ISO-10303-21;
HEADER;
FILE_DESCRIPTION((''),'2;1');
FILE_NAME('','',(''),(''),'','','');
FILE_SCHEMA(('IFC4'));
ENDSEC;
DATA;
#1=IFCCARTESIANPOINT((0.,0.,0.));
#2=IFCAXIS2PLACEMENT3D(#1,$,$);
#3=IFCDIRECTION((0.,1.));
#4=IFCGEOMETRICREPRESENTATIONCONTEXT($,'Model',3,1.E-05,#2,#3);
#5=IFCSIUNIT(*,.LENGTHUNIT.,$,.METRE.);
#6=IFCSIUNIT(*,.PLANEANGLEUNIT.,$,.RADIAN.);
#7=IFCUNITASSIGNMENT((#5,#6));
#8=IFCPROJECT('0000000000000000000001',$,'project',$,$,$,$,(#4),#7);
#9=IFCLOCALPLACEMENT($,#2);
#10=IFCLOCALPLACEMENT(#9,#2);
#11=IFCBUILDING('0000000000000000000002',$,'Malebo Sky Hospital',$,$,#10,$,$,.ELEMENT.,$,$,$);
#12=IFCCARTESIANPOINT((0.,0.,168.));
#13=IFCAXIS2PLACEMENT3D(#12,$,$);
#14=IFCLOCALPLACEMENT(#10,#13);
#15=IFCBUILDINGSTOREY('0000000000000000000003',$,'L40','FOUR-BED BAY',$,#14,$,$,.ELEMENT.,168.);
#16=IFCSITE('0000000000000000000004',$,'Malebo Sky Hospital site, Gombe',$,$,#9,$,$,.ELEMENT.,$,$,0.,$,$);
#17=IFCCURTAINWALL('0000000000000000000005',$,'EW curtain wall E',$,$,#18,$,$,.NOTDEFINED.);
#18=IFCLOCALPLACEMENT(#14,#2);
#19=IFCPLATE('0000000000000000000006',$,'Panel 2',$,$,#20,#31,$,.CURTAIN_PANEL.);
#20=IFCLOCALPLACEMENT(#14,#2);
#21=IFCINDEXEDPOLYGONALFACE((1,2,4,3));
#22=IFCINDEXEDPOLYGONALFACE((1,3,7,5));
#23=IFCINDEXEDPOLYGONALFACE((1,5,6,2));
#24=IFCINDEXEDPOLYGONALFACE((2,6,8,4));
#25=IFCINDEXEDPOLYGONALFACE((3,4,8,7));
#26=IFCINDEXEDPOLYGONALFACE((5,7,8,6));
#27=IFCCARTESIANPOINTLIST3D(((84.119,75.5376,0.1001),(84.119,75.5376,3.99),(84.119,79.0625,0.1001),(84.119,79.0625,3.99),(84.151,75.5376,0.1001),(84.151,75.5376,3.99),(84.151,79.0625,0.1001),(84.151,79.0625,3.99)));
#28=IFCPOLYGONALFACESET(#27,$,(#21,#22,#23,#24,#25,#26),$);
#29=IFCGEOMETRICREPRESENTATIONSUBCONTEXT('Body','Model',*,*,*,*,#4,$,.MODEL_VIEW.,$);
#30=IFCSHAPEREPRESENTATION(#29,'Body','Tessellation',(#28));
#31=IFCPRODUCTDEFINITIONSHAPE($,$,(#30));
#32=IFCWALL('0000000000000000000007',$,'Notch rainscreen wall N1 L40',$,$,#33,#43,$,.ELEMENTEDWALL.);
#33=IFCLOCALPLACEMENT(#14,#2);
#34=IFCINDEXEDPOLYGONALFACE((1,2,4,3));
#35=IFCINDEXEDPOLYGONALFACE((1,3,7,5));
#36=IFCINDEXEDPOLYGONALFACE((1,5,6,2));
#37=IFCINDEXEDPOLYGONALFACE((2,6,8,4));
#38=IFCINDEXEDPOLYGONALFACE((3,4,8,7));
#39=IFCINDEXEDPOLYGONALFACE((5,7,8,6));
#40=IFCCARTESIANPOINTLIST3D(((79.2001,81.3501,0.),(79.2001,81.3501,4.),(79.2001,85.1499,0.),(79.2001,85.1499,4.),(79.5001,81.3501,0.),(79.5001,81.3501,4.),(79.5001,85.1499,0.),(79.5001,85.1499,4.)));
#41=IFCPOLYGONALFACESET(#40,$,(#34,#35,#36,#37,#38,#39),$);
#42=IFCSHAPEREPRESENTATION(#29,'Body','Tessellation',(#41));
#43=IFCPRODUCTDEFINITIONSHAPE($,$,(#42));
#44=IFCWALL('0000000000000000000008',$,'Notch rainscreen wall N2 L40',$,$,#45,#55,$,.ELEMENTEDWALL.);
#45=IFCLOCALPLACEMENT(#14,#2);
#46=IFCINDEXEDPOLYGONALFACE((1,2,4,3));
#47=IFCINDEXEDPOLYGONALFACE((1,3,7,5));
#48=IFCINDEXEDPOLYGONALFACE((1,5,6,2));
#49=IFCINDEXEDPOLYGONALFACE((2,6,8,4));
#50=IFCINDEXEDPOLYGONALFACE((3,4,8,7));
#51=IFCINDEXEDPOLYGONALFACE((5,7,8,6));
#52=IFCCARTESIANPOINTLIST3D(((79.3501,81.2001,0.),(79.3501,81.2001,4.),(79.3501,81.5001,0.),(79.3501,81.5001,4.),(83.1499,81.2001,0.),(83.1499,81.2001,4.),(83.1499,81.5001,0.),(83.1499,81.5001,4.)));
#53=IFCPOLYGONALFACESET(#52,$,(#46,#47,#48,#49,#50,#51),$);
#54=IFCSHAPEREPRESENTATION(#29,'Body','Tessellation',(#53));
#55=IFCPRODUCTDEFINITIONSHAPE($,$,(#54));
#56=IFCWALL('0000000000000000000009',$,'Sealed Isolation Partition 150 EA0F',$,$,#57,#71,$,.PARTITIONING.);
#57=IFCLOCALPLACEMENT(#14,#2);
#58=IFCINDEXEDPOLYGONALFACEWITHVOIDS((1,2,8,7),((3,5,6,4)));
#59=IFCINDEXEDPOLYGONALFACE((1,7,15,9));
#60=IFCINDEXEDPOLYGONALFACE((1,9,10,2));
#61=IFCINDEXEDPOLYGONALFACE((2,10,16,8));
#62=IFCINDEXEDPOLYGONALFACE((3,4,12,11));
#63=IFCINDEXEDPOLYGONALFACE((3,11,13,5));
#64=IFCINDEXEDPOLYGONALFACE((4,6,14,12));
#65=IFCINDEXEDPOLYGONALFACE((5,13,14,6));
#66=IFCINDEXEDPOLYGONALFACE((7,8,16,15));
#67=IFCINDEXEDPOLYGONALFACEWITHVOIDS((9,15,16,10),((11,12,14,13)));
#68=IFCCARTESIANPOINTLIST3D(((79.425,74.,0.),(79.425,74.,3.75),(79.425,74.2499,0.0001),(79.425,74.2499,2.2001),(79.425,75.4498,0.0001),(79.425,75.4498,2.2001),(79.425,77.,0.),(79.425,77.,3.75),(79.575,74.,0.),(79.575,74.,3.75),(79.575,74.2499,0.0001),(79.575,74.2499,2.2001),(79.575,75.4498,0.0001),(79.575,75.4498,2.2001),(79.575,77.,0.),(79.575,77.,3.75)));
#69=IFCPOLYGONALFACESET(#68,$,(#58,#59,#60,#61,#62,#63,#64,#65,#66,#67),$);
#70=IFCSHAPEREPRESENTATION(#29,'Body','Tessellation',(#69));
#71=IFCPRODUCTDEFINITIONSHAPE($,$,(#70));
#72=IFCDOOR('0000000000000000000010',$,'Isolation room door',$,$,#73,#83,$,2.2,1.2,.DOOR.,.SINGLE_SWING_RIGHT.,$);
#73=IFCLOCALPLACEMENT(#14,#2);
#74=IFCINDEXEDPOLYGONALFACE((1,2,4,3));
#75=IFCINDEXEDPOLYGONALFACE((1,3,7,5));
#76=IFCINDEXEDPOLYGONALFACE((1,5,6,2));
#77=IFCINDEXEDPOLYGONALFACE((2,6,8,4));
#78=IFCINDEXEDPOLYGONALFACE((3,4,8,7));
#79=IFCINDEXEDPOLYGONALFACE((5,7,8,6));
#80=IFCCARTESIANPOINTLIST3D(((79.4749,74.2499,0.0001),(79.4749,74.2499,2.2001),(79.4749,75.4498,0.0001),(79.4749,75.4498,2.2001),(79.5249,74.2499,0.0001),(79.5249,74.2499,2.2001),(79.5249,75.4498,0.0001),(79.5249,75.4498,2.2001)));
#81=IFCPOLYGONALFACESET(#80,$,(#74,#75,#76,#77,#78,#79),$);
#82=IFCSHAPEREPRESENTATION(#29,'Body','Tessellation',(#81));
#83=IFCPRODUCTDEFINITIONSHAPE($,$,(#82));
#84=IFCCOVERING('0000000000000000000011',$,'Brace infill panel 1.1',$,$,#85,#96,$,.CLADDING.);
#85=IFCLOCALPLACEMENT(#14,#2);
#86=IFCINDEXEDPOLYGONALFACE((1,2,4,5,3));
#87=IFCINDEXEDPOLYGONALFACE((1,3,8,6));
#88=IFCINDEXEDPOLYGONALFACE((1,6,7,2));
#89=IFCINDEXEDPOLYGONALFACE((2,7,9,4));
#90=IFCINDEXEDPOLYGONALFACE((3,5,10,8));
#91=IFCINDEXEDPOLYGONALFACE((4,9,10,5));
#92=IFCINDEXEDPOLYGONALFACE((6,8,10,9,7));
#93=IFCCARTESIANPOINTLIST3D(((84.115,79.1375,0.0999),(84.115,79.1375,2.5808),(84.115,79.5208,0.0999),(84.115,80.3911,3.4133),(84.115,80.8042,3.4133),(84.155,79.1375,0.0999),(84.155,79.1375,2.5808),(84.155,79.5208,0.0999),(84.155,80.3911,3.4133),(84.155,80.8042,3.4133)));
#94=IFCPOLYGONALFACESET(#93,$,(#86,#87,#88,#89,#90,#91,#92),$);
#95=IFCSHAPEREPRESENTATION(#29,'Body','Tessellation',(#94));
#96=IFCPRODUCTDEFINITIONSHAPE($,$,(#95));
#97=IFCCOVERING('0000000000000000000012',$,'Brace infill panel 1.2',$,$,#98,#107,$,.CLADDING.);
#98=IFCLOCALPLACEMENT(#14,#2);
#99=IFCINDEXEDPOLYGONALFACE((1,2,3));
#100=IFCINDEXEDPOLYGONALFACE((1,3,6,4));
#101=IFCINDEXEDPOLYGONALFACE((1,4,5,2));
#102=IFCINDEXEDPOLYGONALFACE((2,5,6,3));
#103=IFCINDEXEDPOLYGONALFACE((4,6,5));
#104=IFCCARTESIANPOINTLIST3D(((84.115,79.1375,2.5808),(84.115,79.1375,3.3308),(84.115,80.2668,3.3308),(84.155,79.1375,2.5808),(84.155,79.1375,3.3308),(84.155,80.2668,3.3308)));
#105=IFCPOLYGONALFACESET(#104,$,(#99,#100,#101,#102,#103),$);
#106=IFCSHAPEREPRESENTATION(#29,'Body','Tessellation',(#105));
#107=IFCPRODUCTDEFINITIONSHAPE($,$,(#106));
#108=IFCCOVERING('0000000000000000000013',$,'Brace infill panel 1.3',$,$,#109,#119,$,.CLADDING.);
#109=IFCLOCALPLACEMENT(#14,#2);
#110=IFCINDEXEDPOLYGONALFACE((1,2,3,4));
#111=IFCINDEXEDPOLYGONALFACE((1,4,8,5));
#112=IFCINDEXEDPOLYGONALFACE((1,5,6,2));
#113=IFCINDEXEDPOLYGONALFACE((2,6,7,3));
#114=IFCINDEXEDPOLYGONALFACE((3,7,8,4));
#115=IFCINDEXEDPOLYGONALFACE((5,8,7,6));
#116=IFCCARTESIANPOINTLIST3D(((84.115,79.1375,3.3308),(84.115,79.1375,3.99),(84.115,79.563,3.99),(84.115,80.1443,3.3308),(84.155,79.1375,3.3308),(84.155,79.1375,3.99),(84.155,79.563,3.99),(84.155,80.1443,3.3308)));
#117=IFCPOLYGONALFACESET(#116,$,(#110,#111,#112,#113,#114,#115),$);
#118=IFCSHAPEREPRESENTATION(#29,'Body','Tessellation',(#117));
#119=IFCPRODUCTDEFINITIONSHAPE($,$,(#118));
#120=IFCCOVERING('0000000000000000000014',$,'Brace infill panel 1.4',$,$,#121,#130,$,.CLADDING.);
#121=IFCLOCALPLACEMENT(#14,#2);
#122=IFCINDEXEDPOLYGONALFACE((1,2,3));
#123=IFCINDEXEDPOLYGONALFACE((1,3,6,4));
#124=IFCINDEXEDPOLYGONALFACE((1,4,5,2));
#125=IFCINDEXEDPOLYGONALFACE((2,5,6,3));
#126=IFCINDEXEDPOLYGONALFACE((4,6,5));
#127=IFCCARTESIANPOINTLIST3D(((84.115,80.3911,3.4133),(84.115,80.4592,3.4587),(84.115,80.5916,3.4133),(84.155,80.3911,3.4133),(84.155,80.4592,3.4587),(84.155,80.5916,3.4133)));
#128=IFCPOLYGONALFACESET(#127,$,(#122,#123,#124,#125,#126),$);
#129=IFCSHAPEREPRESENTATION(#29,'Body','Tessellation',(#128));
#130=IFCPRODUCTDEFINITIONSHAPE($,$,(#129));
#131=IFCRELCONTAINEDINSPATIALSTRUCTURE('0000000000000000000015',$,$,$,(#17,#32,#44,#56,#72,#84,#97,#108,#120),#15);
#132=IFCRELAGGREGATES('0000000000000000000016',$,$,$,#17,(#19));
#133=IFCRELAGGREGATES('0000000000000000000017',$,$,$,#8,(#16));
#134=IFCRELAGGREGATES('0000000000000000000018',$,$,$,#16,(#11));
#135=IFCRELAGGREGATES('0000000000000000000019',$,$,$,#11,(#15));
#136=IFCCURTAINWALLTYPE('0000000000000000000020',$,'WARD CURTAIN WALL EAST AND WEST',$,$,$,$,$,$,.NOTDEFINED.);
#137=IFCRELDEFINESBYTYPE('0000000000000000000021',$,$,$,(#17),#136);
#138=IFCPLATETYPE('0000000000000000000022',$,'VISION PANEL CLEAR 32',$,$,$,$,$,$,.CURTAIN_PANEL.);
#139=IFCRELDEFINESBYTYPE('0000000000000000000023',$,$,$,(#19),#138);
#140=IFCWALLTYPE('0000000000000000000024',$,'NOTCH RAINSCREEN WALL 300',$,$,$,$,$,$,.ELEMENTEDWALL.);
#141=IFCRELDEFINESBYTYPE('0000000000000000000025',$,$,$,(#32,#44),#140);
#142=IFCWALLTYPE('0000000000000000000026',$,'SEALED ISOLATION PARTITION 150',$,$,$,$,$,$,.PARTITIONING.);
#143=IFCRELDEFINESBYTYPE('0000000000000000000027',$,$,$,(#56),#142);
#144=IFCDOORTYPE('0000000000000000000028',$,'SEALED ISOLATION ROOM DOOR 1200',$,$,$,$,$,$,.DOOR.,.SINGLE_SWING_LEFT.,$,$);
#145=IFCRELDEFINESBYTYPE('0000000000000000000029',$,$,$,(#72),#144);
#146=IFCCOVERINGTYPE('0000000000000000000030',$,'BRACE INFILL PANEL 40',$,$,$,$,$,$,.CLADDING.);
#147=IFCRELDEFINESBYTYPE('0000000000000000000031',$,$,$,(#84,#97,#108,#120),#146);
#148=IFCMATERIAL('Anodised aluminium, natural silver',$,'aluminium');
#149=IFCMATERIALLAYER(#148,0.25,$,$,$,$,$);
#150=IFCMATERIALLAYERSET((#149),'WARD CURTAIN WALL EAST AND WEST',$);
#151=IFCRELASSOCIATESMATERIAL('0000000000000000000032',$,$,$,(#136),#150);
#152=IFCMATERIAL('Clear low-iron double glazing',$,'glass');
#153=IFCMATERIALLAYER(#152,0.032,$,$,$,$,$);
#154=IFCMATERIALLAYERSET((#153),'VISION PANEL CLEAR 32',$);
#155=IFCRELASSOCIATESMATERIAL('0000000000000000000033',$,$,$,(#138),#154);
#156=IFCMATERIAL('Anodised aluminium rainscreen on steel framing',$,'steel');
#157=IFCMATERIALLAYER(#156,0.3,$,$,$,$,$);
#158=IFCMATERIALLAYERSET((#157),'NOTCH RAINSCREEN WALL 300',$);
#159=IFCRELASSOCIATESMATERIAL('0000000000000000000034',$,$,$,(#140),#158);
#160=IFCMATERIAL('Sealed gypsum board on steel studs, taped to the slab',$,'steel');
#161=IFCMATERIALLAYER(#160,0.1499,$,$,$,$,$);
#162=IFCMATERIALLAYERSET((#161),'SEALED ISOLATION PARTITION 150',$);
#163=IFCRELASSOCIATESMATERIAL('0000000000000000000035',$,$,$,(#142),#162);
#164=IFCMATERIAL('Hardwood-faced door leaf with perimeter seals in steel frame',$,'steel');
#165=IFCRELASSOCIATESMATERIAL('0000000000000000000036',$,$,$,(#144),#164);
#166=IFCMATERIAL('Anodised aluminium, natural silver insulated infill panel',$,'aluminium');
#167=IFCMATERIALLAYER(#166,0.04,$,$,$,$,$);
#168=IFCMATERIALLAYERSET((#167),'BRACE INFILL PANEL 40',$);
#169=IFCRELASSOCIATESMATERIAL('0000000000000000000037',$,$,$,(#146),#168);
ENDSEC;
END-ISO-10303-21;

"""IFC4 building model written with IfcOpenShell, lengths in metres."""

from ifc_helpers import new_model, si_unit, direction, frame, frame_2d, origin, origin_2d, place, context, subcontext, project, spatial, polyline, rectangle, outline, extrude, material, layer, layer_set, type_object, element, fill, aggregate, save


model = new_model("IFC4")

# Units and contexts
model_context = context("Model", 3, precision=1e-05, world=origin(), true_north=direction((0.0, 1.0)))
body_context = subcontext(model_context, "Body", "Model", "MODEL_VIEW")
ifc_project = project(units=[si_unit("LENGTHUNIT", "METRE"), si_unit("PLANEANGLEUNIT", "RADIAN")], contexts=[model_context])

# Site, building, storey
site_placement = place(None, origin())
site = spatial("IfcSite", under=ifc_project, at=site_placement, Name="Malebo Sky Hospital site, Gombe", CompositionType="ELEMENT", RefElevation=0.0)
building_placement = place(site_placement, origin())
building = spatial("IfcBuilding", under=site, at=building_placement, Name="Malebo Sky Hospital", CompositionType="ELEMENT")
storey_placement = place(building_placement, frame((0.0, 0.0, 168.0)))
storey = spatial("IfcBuildingStorey", under=building, at=storey_placement, Name="L40", Description="FOUR-BED BAY", CompositionType="ELEMENT", Elevation=168.0)

# Curtain wall
ifc_material_1 = material(Name="Anodised aluminium, natural silver", Category="aluminium")
ifc_layer_1 = layer(ifc_material_1, 0.25)
ifc_layer_set_1 = layer_set([ifc_layer_1], Name="WARD CURTAIN WALL EAST AND WEST")
curtain_wall_type = type_object("IfcCurtainWallType", Name="WARD CURTAIN WALL EAST AND WEST", PredefinedType="NOTDEFINED", material=ifc_layer_set_1)
curtain_wall_placement = place(storey_placement, origin())
curtain_wall = element("IfcCurtainWall", 1, at=curtain_wall_placement, inside=storey, type_object=curtain_wall_type, Name="EW curtain wall E", PredefinedType="NOTDEFINED")

# Plate
ifc_material_2 = material(Name="Clear low-iron double glazing", Category="glass")
ifc_layer_2 = layer(ifc_material_2, 0.032)
ifc_layer_set_2 = layer_set([ifc_layer_2], Name="VISION PANEL CLEAR 32")
plate_type = type_object("IfcPlateType", Name="VISION PANEL CLEAR 32", PredefinedType="CURTAIN_PANEL", material=ifc_layer_set_2)
plate_1_placement = place(storey_placement, frame((84.135, 77.3, 0.1001), z_axis=(0.0, 0.0, 1.0), x_axis=(0.0, -1.0, 0.0)))
plate_1 = element("IfcPlate", 2, at=plate_1_placement, type_object=plate_type, Name="Panel 2", PredefinedType="CURTAIN_PANEL", context=body_context, shape_type="SweptSolid", body=[
    extrude(rectangle(XDim=3.5249, YDim=0.032, at=origin_2d()), origin(), (0.0, 0.0, 1.0), 3.8899),
])
aggregate(curtain_wall, [plate_1])

# Walls
ifc_material_3 = material(Name="Anodised aluminium rainscreen on steel framing", Category="steel")
ifc_layer_3 = layer(ifc_material_3, 0.3)
ifc_layer_set_3 = layer_set([ifc_layer_3], Name="NOTCH RAINSCREEN WALL 300")
wall_type_1 = type_object("IfcWallType", Name="NOTCH RAINSCREEN WALL 300", PredefinedType="ELEMENTEDWALL", material=ifc_layer_set_3)
for number, where, z_axis, x_axis, name in (
    (3, (79.3501, 85.1499, 0.0), (0.0, 0.0, 1.0), (0.0, -1.0, 0.0), "Notch rainscreen wall N1 L40"),
    (4, (79.3501, 81.3501, 0.0), (0.0, 0.0, 1.0), (1.0, 0.0, 0.0), "Notch rainscreen wall N2 L40"),
):
    element("IfcWall", number, at=place(storey_placement, frame(where, z_axis=z_axis, x_axis=x_axis)), inside=storey, type_object=wall_type_1, Name=name, PredefinedType="ELEMENTEDWALL", context=body_context, shape_type="SweptSolid", body=[
        extrude(rectangle(XDim=3.7998, YDim=0.3, at=frame_2d((1.8999, 0.0))), origin(), (0.0, 0.0, 1.0), 4.0),
    ])

# Wall, opening, door
ifc_material_4 = material(Name="Sealed gypsum board on steel studs, taped to the slab", Category="steel")
ifc_layer_4 = layer(ifc_material_4, 0.1499)
ifc_layer_set_4 = layer_set([ifc_layer_4], Name="SEALED ISOLATION PARTITION 150")
wall_type_2 = type_object("IfcWallType", Name="SEALED ISOLATION PARTITION 150", PredefinedType="PARTITIONING", material=ifc_layer_set_4)
wall_placement = place(storey_placement, frame((79.5, 77.0, 0.0), z_axis=(0.0, 0.0, 1.0), x_axis=(0.0, -1.0, 0.0)))
wall = element("IfcWall", 5, at=wall_placement, inside=storey, type_object=wall_type_2, Name="Sealed Isolation Partition 150 EA0F", PredefinedType="PARTITIONING", context=body_context, shape_type="SweptSolid", body=[
    extrude(rectangle(XDim=3.0, YDim=0.1499, at=frame_2d((1.5, 0.0))), origin(), (0.0, 0.0, 1.0), 3.75),
])
opening_placement = place(wall_placement, frame((1.55, 0.0, 0.0)))
opening = element("IfcOpeningElement", 6, at=opening_placement, cuts=wall, PredefinedType="OPENING", context=body_context, shape_type="SweptSolid", body=[
    extrude(rectangle(XDim=1.2, YDim=2.2, at=frame_2d((0.6001, 1.1001))), frame((0.0, 0.085, 0.0), z_axis=(0.0, -1.0, 0.0), x_axis=(1.0, 0.0, 0.0)), (0.0, 0.0, 1.0), 0.1699),
])
ifc_material_5 = material(Name="Hardwood-faced door leaf with perimeter seals in steel frame", Category="steel")
door_type = type_object("IfcDoorType", Name="SEALED ISOLATION ROOM DOOR 1200", OperationType="SINGLE_SWING_LEFT", PredefinedType="DOOR", material=ifc_material_5)
door_placement = place(opening_placement, origin())
door = element("IfcDoor", 7, at=door_placement, inside=storey, type_object=door_type, Name="Isolation room door", OperationType="SINGLE_SWING_RIGHT", OverallHeight=2.2, OverallWidth=1.2, PredefinedType="DOOR", context=body_context, shape_type="SweptSolid", body=[
    extrude(rectangle(XDim=1.2, YDim=2.2, at=frame_2d((0.6001, 1.1001))), frame((0.0, 0.0249, 0.0), z_axis=(0.0, -1.0, 0.0), x_axis=(1.0, 0.0, 0.0)), (0.0, 0.0, 1.0), 0.05),
])
fill(opening, door)

# Coverings
ifc_material_6 = material(Name="Anodised aluminium, natural silver insulated infill panel", Category="aluminium")
ifc_layer_5 = layer(ifc_material_6, 0.04)
ifc_layer_set_5 = layer_set([ifc_layer_5], Name="BRACE INFILL PANEL 40")
covering_type = type_object("IfcCoveringType", Name="BRACE INFILL PANEL 40", PredefinedType="CLADDING", material=ifc_layer_set_5)
covering_1_placement = place(storey_placement, frame((84.135, 79.9709, 0.0999), z_axis=(0.0, 0.0, 1.0), x_axis=(0.0, -1.0, 0.0)))
element("IfcCovering", 8, at=covering_1_placement, inside=storey, type_object=covering_type, Name="Brace infill panel 1.1", PredefinedType="CLADDING", context=body_context, shape_type="SweptSolid", body=[
    extrude(outline(polyline([(0.4502, 0.0), (0.8335, 0.0), (0.8335, 2.481), (-0.4202, 3.3135), (-0.8333, 3.3135), (0.4502, 0.0)])), frame((0.0, 0.02, 0.0), z_axis=(0.0, -1.0, 0.0), x_axis=(1.0, 0.0, 0.0)), (0.0, 0.0, 1.0), 0.04),
])
covering_2_placement = place(storey_placement, frame((84.135, 79.7021, 2.5808), z_axis=(0.0, 0.0, 1.0), x_axis=(0.0, -1.0, 0.0)))
element("IfcCovering", 9, at=covering_2_placement, inside=storey, type_object=covering_type, Name="Brace infill panel 1.2", PredefinedType="CLADDING", context=body_context, shape_type="SweptSolid", body=[
    extrude(outline(polyline([(0.5647, 0.0), (0.5647, 0.75), (-0.5647, 0.75), (0.5647, 0.0)])), frame((0.0, 0.02, 0.0), z_axis=(0.0, -1.0, 0.0), x_axis=(1.0, 0.0, 0.0)), (0.0, 0.0, 1.0), 0.04),
])
covering_3_placement = place(storey_placement, frame((84.135, 79.6409, 3.3308), z_axis=(0.0, 0.0, 1.0), x_axis=(0.0, -1.0, 0.0)))
element("IfcCovering", 10, at=covering_3_placement, inside=storey, type_object=covering_type, Name="Brace infill panel 1.3", PredefinedType="CLADDING", context=body_context, shape_type="SweptSolid", body=[
    extrude(outline(polyline([(-0.5034, 0.0), (0.5034, 0.0), (0.5034, 0.6592), (0.0779, 0.6592), (-0.5034, 0.0)])), frame((0.0, 0.02, 0.0), z_axis=(0.0, -1.0, 0.0), x_axis=(1.0, 0.0, 0.0)), (0.0, 0.0, 1.0), 0.04),
])
covering_4_placement = place(storey_placement, frame((84.135, 80.4912, 3.4133), z_axis=(0.0, 0.0, 1.0), x_axis=(0.0, -1.0, 0.0)))
element("IfcCovering", 11, at=covering_4_placement, inside=storey, type_object=covering_type, Name="Brace infill panel 1.4", PredefinedType="CLADDING", context=body_context, shape_type="SweptSolid", body=[
    extrude(outline(polyline([(-0.1003, 0.0), (0.1001, 0.0), (0.032, 0.0454), (-0.1003, 0.0)])), frame((0.0, 0.02, 0.0), z_axis=(0.0, -1.0, 0.0), x_axis=(1.0, 0.0, 0.0)), (0.0, 0.0, 1.0), 0.04),
])

save(model, "model.ifc")
